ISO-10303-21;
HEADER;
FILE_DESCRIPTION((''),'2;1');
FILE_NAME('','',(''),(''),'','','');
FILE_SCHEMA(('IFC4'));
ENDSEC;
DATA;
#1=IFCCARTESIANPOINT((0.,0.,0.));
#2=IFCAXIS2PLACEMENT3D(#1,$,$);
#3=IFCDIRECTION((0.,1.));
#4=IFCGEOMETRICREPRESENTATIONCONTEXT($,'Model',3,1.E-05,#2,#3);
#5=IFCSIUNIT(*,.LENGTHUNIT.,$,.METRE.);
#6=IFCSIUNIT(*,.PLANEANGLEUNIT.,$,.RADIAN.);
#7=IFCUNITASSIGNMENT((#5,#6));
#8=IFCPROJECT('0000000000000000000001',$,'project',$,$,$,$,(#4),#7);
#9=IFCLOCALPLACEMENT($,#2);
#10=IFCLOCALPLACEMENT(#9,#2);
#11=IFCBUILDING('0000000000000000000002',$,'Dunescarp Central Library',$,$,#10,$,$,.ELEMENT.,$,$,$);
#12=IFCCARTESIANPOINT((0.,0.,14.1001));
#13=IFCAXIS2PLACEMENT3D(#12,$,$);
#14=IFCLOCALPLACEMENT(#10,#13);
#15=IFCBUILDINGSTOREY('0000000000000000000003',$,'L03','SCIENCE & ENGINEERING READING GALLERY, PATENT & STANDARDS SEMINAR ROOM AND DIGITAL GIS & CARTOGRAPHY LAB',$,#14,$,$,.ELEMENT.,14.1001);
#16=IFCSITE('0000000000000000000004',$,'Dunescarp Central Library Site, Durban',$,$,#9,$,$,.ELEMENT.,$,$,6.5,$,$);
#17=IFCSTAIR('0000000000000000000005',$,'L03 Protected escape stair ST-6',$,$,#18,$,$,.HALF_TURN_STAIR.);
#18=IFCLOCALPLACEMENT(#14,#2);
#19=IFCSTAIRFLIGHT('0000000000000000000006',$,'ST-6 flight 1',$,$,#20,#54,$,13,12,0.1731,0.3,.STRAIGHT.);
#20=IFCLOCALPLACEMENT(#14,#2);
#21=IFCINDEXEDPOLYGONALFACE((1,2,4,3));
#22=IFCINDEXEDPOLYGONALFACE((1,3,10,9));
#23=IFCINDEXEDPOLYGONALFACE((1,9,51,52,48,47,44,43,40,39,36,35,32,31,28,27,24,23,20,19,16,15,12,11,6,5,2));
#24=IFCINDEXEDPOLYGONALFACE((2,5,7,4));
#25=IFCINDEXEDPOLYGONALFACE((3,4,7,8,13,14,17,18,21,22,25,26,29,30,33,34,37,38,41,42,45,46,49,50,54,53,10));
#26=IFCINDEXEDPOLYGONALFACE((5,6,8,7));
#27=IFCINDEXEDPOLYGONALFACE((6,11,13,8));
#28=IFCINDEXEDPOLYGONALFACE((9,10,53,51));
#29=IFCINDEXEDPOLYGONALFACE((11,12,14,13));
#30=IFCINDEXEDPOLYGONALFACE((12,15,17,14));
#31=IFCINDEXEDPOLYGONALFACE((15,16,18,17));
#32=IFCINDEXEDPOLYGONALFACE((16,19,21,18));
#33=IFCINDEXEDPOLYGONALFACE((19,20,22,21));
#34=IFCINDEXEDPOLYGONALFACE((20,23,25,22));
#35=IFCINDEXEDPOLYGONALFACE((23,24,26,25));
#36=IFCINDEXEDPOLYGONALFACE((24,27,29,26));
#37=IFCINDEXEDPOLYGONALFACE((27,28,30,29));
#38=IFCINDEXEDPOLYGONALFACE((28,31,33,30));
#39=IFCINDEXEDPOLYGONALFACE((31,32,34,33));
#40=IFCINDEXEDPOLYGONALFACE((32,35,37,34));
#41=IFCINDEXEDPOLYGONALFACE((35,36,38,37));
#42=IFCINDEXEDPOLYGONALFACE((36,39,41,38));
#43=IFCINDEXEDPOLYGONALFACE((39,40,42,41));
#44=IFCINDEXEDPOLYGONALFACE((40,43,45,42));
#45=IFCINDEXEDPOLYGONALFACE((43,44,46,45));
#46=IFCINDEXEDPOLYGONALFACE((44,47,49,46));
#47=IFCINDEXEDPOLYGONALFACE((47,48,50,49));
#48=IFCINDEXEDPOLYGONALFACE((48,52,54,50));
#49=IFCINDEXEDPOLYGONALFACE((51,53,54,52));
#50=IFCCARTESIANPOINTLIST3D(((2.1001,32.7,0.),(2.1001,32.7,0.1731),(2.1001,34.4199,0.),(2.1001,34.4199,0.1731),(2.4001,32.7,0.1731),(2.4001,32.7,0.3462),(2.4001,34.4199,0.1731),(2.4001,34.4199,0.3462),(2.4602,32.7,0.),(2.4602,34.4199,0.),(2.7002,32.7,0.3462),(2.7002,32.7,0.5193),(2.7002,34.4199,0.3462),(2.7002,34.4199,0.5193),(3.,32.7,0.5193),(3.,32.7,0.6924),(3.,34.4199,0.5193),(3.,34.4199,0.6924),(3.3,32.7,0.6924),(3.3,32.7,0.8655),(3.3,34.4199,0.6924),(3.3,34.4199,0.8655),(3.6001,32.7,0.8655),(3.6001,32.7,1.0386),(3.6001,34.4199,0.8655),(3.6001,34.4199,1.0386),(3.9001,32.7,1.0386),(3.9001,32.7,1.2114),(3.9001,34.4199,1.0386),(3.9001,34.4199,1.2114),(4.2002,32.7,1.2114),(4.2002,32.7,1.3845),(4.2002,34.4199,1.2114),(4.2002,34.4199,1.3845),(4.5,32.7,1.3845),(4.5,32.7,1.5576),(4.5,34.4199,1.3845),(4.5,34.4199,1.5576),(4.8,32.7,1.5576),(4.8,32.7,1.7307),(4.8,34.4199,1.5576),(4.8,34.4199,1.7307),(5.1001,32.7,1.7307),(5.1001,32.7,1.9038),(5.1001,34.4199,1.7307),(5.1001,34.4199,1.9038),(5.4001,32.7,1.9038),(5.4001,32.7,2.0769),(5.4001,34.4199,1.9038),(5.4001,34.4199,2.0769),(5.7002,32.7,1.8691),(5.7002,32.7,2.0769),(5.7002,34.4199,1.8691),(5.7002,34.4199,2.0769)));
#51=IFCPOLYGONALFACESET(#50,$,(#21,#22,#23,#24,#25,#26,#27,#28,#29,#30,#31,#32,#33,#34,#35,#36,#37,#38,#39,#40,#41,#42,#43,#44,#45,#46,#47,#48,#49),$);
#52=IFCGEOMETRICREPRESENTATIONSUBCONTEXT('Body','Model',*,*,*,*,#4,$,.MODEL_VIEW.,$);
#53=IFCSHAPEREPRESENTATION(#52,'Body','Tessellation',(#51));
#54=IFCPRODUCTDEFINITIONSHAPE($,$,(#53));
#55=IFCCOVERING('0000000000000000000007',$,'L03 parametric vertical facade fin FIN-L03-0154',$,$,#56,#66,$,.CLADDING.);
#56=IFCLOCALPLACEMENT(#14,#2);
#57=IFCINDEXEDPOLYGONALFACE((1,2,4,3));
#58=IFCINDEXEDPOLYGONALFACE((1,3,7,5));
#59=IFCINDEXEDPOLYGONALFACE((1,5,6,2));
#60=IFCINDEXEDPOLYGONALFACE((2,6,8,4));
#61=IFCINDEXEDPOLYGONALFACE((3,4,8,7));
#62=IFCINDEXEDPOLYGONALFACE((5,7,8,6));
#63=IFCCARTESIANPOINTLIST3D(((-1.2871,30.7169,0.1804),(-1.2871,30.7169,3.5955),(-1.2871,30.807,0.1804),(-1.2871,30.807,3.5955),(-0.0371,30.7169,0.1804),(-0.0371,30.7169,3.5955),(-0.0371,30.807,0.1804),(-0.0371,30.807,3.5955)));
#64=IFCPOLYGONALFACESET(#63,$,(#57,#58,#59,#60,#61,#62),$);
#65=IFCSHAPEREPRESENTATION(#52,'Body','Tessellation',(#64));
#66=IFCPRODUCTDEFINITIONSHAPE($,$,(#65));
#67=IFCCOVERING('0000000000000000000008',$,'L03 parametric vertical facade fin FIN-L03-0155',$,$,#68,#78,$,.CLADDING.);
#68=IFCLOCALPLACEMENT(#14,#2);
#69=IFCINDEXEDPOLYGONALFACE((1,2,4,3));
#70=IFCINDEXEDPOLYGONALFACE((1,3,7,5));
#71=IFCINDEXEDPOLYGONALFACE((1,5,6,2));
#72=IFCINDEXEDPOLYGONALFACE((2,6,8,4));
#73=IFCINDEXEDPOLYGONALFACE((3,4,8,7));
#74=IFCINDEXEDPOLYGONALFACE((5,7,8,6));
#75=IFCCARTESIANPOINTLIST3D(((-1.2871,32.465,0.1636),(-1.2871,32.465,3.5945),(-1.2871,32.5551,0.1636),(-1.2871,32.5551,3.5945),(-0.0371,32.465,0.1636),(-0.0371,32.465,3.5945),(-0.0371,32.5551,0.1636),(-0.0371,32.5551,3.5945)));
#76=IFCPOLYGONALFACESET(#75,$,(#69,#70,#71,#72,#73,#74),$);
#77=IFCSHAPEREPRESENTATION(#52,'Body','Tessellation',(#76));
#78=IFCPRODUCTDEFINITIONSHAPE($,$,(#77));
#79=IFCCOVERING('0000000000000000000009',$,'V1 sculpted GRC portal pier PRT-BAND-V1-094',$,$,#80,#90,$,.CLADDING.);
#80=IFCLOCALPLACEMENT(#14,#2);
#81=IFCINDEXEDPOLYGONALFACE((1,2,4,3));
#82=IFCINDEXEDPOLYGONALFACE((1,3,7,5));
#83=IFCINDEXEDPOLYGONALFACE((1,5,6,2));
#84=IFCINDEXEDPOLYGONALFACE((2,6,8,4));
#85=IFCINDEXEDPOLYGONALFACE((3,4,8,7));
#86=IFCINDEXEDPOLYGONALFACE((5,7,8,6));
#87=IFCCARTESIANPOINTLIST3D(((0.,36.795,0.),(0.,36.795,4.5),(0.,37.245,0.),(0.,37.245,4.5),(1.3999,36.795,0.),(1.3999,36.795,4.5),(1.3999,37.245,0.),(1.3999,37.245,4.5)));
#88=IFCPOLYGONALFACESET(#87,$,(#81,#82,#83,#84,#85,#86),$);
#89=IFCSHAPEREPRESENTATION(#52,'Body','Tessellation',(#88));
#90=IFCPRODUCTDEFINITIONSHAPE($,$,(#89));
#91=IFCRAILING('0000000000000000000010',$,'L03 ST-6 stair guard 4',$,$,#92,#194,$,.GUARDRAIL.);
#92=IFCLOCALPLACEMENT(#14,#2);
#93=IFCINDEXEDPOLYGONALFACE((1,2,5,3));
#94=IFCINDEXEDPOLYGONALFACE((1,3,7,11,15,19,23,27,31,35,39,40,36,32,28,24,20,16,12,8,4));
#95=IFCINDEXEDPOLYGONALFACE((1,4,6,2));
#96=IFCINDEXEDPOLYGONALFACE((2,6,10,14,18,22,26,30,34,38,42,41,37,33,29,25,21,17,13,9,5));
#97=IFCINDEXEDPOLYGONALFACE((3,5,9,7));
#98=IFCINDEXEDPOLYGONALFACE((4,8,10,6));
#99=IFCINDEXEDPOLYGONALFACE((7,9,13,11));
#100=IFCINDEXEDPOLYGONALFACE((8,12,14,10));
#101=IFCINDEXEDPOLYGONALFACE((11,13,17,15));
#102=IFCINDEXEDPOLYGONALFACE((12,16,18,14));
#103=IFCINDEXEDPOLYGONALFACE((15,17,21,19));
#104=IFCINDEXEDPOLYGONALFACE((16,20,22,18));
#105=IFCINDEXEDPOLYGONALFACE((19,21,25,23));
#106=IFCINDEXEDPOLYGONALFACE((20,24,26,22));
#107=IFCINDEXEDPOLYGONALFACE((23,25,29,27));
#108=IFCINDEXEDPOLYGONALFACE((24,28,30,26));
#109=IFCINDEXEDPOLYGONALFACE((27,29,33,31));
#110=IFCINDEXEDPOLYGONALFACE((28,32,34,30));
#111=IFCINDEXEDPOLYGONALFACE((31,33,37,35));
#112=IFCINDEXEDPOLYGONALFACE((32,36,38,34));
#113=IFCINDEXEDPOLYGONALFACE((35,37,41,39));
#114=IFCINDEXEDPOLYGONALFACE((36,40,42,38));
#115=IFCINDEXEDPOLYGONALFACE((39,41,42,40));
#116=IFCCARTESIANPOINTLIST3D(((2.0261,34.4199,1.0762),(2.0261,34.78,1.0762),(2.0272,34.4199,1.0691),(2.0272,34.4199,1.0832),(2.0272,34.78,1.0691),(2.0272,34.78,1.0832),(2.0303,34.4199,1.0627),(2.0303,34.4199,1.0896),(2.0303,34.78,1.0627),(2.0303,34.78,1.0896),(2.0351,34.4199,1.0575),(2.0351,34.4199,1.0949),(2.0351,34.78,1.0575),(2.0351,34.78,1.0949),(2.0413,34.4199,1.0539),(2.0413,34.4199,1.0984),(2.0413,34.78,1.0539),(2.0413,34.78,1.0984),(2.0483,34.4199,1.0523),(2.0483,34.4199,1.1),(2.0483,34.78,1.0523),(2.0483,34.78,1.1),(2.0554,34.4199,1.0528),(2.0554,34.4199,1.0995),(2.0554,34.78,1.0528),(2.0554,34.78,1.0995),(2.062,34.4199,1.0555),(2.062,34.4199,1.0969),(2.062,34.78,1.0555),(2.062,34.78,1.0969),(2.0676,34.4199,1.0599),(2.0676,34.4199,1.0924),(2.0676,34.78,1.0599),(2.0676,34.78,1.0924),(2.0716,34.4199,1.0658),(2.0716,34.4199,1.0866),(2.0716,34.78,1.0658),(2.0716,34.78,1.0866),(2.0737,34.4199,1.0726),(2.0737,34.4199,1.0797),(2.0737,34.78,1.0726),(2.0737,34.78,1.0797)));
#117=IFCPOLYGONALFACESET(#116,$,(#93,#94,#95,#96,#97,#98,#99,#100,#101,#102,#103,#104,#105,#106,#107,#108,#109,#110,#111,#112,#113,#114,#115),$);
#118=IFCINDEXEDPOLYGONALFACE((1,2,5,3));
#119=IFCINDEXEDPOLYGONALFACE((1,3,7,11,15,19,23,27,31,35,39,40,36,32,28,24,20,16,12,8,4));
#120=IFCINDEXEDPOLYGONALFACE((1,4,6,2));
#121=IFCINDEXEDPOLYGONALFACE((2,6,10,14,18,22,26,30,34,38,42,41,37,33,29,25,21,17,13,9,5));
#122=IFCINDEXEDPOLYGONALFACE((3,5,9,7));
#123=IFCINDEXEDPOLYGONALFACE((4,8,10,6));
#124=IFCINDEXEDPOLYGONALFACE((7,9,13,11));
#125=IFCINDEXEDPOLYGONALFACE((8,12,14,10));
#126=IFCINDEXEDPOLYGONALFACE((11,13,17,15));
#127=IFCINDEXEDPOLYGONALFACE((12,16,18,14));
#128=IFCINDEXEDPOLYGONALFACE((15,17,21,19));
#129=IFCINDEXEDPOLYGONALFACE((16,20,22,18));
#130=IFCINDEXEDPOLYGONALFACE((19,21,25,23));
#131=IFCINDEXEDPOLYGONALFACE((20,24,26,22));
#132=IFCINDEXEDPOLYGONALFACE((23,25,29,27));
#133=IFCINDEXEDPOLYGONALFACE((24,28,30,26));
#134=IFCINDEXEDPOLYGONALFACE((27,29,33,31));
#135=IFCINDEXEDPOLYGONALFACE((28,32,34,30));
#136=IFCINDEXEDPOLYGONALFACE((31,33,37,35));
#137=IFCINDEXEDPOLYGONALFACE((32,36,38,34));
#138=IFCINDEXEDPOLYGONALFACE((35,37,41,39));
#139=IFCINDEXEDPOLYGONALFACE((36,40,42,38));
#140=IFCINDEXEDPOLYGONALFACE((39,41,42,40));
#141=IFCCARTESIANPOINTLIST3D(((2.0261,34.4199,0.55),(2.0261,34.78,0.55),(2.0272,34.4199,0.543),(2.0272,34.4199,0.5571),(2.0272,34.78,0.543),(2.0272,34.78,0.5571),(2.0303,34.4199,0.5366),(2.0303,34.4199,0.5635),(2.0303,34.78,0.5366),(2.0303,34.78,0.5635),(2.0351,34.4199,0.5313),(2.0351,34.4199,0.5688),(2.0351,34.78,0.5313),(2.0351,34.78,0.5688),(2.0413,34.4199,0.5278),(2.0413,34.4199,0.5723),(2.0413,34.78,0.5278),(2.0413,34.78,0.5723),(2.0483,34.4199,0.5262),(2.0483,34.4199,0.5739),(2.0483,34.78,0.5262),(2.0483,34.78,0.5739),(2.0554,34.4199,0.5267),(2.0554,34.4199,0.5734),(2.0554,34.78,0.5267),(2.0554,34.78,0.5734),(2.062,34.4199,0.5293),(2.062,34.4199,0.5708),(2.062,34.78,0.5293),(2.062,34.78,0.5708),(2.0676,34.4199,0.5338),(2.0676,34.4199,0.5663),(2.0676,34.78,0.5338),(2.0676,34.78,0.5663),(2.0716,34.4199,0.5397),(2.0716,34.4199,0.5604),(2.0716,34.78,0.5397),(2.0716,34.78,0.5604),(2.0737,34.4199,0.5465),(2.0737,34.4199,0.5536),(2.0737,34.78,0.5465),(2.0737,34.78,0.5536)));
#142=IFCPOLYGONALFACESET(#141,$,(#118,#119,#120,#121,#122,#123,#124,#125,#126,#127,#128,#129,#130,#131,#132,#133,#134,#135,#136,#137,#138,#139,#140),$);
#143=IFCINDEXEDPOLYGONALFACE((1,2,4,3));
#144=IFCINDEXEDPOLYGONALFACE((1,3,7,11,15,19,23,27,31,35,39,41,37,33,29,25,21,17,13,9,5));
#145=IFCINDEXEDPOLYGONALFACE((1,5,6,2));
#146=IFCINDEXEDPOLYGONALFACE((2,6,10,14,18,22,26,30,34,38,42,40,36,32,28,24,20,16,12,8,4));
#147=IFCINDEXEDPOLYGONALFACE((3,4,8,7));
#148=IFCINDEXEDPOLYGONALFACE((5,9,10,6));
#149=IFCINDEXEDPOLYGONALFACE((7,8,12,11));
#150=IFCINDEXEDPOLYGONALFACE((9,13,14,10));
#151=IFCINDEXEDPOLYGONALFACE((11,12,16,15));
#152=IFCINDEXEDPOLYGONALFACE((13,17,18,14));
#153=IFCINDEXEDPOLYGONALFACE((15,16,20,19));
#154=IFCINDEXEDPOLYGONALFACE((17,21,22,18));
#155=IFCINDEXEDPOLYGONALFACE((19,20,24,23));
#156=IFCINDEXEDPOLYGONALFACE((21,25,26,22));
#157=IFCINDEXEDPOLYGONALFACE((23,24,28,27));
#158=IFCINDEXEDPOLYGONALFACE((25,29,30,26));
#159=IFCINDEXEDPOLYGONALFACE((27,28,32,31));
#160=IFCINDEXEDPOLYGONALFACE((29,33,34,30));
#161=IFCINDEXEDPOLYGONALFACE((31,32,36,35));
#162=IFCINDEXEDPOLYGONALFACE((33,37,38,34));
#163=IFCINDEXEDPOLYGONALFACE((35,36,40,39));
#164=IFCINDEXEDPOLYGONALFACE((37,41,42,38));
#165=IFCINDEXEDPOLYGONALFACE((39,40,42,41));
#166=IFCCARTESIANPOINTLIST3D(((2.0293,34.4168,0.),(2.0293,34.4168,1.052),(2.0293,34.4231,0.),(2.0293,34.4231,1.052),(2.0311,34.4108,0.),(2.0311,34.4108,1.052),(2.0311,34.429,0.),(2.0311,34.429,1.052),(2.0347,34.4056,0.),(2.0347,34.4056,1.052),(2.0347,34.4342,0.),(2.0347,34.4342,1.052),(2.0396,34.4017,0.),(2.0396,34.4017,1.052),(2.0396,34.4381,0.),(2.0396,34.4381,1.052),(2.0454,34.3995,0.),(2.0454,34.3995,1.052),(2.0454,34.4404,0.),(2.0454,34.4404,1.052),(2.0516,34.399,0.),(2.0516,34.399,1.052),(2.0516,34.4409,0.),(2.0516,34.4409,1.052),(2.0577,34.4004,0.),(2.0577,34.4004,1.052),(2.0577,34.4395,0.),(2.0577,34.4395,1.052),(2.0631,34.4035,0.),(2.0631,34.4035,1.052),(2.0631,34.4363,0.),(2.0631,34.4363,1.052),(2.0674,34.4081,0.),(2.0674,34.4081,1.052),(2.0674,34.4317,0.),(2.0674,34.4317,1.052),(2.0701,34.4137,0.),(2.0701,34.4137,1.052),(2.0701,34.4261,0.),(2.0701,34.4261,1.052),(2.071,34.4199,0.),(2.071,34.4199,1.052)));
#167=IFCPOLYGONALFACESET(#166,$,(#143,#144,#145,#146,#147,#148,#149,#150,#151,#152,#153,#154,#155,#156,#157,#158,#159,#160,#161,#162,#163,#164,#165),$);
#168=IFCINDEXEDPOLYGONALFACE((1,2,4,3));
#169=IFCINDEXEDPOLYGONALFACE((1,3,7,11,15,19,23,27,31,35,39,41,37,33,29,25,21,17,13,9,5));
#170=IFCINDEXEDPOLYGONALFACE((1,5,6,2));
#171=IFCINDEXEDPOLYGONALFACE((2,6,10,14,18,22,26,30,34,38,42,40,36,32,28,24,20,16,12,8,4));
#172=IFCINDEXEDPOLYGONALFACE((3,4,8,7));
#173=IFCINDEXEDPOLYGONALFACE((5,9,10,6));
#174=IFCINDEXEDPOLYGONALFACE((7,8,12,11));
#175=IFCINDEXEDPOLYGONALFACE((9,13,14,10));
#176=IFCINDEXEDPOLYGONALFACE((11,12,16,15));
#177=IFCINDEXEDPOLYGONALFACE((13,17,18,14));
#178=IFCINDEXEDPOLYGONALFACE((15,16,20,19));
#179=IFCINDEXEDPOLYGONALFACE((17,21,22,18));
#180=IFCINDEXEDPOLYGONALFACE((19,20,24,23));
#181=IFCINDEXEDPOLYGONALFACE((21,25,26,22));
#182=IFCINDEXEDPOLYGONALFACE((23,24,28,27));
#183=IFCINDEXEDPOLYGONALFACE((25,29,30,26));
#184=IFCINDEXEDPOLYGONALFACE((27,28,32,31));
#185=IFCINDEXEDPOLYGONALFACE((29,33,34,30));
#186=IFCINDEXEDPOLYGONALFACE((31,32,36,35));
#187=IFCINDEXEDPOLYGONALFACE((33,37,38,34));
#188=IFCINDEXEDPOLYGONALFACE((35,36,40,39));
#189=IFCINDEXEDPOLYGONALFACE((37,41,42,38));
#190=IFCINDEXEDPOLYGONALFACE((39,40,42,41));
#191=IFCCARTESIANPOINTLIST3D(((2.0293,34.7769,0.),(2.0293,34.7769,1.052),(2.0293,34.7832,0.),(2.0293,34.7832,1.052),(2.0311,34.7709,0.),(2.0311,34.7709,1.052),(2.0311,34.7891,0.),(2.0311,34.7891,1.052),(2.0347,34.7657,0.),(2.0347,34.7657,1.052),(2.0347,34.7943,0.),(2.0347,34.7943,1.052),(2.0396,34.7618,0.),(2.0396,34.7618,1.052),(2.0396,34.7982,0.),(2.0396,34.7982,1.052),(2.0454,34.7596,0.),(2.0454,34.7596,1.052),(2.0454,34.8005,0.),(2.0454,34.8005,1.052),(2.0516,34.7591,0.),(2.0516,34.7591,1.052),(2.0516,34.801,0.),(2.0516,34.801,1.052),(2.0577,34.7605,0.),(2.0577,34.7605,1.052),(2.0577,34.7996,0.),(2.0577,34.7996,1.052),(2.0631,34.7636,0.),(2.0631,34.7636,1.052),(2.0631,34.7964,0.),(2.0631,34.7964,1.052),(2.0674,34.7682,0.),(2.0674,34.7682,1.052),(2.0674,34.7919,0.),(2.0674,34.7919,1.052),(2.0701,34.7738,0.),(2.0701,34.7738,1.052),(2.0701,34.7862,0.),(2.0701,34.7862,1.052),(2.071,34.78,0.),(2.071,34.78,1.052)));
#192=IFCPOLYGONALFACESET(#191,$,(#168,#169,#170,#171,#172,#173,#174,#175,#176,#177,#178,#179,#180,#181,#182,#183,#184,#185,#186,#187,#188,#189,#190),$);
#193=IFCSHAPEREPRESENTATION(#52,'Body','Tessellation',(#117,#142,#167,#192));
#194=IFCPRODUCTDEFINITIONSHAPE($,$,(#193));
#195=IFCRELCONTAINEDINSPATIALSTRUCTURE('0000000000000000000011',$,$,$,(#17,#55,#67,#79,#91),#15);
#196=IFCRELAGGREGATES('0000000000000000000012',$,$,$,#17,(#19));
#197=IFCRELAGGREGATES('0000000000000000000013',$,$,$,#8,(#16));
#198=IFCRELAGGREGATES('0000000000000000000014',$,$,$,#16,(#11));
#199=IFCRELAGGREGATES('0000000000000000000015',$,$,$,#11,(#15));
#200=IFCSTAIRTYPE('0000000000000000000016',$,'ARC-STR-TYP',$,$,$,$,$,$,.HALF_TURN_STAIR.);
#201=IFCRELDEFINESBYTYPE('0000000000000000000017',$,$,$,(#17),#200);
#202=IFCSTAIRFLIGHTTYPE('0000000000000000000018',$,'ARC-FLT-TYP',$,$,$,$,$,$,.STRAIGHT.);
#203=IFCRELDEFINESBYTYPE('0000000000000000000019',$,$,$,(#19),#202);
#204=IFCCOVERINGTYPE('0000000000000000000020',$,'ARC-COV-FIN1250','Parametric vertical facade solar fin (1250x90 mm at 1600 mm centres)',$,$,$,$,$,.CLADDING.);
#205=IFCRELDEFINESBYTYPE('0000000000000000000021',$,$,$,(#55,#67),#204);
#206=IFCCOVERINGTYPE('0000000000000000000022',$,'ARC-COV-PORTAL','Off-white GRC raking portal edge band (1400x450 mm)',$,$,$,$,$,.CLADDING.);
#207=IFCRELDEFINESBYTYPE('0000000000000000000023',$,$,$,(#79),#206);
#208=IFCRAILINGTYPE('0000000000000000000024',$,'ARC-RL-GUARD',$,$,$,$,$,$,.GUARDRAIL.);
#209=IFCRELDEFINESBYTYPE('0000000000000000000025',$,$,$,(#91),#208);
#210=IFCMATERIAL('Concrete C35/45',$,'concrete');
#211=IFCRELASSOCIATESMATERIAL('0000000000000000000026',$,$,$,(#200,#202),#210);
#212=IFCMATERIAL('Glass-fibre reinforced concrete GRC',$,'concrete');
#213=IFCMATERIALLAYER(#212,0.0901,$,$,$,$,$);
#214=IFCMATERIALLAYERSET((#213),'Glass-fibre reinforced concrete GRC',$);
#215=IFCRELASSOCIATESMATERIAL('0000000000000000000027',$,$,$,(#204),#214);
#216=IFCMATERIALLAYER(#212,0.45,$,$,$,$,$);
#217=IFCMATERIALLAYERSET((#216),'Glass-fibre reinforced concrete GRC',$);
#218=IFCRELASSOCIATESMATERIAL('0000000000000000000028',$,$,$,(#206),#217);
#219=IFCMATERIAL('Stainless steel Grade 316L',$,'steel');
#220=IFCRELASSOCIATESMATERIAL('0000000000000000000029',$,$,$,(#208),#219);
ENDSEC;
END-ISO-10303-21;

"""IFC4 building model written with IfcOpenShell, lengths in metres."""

from ifc_helpers import new_model, si_unit, direction, frame, origin, origin_2d, place, context, subcontext, project, spatial, polyline, rectangle, circle, outline, extrude, material, layer, layer_set, type_object, element, aggregate, save


model = new_model("IFC4")

# Units and contexts
model_context = context("Model", 3, precision=1e-05, world=origin(), true_north=direction((0.0, 1.0)))
body_context = subcontext(model_context, "Body", "Model", "MODEL_VIEW")
ifc_project = project(units=[si_unit("LENGTHUNIT", "METRE"), si_unit("PLANEANGLEUNIT", "RADIAN")], contexts=[model_context])

# Site, building, storey
site_placement = place(None, origin())
site = spatial("IfcSite", under=ifc_project, at=site_placement, Name="Dunescarp Central Library Site, Durban", CompositionType="ELEMENT", RefElevation=6.5)
building_placement = place(site_placement, origin())
building = spatial("IfcBuilding", under=site, at=building_placement, Name="Dunescarp Central Library", CompositionType="ELEMENT")
storey_placement = place(building_placement, frame((0.0, 0.0, 14.1001)))
storey = spatial("IfcBuildingStorey", under=building, at=storey_placement, Name="L03", Description="SCIENCE & ENGINEERING READING GALLERY, PATENT & STANDARDS SEMINAR ROOM AND DIGITAL GIS & CARTOGRAPHY LAB", CompositionType="ELEMENT", Elevation=14.1001)

# Stair, stair flight
ifc_material_1 = material(Name="Concrete C35/45", Category="concrete")
stair_type = type_object("IfcStairType", Name="ARC-STR-TYP", PredefinedType="HALF_TURN_STAIR", material=ifc_material_1)
stair_placement = place(storey_placement, origin())
stair = element("IfcStair", 1, at=stair_placement, inside=storey, type_object=stair_type, Name="L03 Protected escape stair ST-6", PredefinedType="HALF_TURN_STAIR")
stair_flight_type = type_object("IfcStairFlightType", Name="ARC-FLT-TYP", PredefinedType="STRAIGHT", material=ifc_material_1)
stair_flight_placement = place(storey_placement, frame((2.1001, 33.5601, 0.0), z_axis=(0.0, 0.0, 1.0), x_axis=(1.0, 0.0, 0.0)))
stair_flight = element("IfcStairFlight", 2, at=stair_flight_placement, type_object=stair_flight_type, Name="ST-6 flight 1", NumberOfRisers=13, NumberOfTreads=12, PredefinedType="STRAIGHT", RiserHeight=0.1731, TreadLength=0.3, context=body_context, shape_type="SweptSolid", body=[
    extrude(outline(polyline([(0.0, 0.0), (0.0, 0.1731), (0.3, 0.1731), (0.3, 0.3462), (0.6001, 0.3462), (0.6001, 0.5193), (0.8999, 0.5193), (0.8999, 0.6924), (1.2, 0.6924), (1.2, 0.8655), (1.5, 0.8655), (1.5, 1.0386), (1.8, 1.0386), (1.8, 1.2114), (2.1001, 1.2114), (2.1001, 1.3845), (2.3999, 1.3845), (2.3999, 1.5576), (2.7, 1.5576), (2.7, 1.7307), (3.0, 1.7307), (3.0, 1.9038), (3.3, 1.9038), (3.3, 2.0769), (3.6001, 2.0769), (3.6001, 2.25), (3.6001, 1.8691), (0.3601, 0.0), (0.0, 0.0)])), frame((0.0, 0.8599, 0.0), z_axis=(0.0, -1.0, 0.0), x_axis=(1.0, 0.0, 0.0)), (0.0, 0.0, 1.0), 1.72),
])
aggregate(stair, [stair_flight])

# Coverings
ifc_material_2 = material(Name="Glass-fibre reinforced concrete GRC", Category="concrete")
ifc_layer_1 = layer(ifc_material_2, 0.0901)
ifc_layer_set_1 = layer_set([ifc_layer_1], Name="Glass-fibre reinforced concrete GRC")
covering_type_1 = type_object("IfcCoveringType", Name="ARC-COV-FIN1250", Description="Parametric vertical facade solar fin (1250x90 mm at 1600 mm centres)", PredefinedType="CLADDING", material=ifc_layer_set_1)
covering_1_placement = place(storey_placement, frame((-0.6621, 30.762, 0.1804), z_axis=(0.0, 0.0, 1.0), x_axis=(-1.0, 0.0, 0.0)))
element("IfcCovering", 3, at=covering_1_placement, inside=storey, type_object=covering_type_1, Name="L03 parametric vertical facade fin FIN-L03-0154", PredefinedType="CLADDING", context=body_context, shape_type="SweptSolid", body=[
    extrude(rectangle(XDim=1.25, YDim=0.0901, at=origin_2d()), origin(), (0.0, 0.0, 1.0), 3.415),
])
covering_2_placement = place(storey_placement, frame((-0.6621, 32.51, 0.1636), z_axis=(0.0, 0.0, 1.0), x_axis=(-1.0, 0.0, 0.0)))
element("IfcCovering", 4, at=covering_2_placement, inside=storey, type_object=covering_type_1, Name="L03 parametric vertical facade fin FIN-L03-0155", PredefinedType="CLADDING", context=body_context, shape_type="SweptSolid", body=[
    extrude(rectangle(XDim=1.25, YDim=0.0901, at=origin_2d()), origin(), (0.0, 0.0, 1.0), 3.4309),
])
ifc_layer_2 = layer(ifc_material_2, 0.45)
ifc_layer_set_2 = layer_set([ifc_layer_2], Name="Glass-fibre reinforced concrete GRC")
covering_type_2 = type_object("IfcCoveringType", Name="ARC-COV-PORTAL", Description="Off-white GRC raking portal edge band (1400x450 mm)", PredefinedType="CLADDING", material=ifc_layer_set_2)
covering_3_placement = place(storey_placement, frame((0.7, 37.02, 0.0), z_axis=(0.0, 0.0, 1.0), x_axis=(1.0, 0.0, 0.0)))
element("IfcCovering", 5, at=covering_3_placement, inside=storey, type_object=covering_type_2, Name="V1 sculpted GRC portal pier PRT-BAND-V1-094", PredefinedType="CLADDING", context=body_context, shape_type="SweptSolid", body=[
    extrude(rectangle(XDim=1.3999, YDim=0.45, at=origin_2d()), origin(), (0.0, 0.0, 1.0), 4.5),
])

# Railing
ifc_material_3 = material(Name="Stainless steel Grade 316L", Category="steel")
railing_type_1 = type_object("IfcRailingType", Name="ARC-RL-GUARD", PredefinedType="GUARDRAIL", material=ifc_material_3)
railing_1_placement = place(storey_placement, frame((2.05, 34.4199, 0.0)))
element("IfcRailing", 6, at=railing_1_placement, inside=storey, type_object=railing_type_1, Name="L03 ST-6 stair guard 4", PredefinedType="GUARDRAIL", context=body_context, shape_type="SweptSolid", body=[
    extrude(circle(Radius=0.0239, at=origin_2d()), frame((0.0, 0.0, 1.0762), z_axis=(0.0, 1.0, 0.0), x_axis=(-1.0, 0.0, 0.0)), (0.0, 0.0, 1.0), 0.3601),
    extrude(circle(Radius=0.0239, at=origin_2d()), frame((0.0, 0.0, 0.55), z_axis=(0.0, 1.0, 0.0), x_axis=(-1.0, 0.0, 0.0)), (0.0, 0.0, 1.0), 0.3601),
    extrude(circle(Radius=0.021, at=origin_2d()), origin(), (0.0, 0.0, 1.0), 1.052),
    extrude(circle(Radius=0.021, at=origin_2d()), frame((0.0, 0.3601, 0.0)), (0.0, 0.0, 1.0), 1.052),
])

save(model, "model.ifc")
